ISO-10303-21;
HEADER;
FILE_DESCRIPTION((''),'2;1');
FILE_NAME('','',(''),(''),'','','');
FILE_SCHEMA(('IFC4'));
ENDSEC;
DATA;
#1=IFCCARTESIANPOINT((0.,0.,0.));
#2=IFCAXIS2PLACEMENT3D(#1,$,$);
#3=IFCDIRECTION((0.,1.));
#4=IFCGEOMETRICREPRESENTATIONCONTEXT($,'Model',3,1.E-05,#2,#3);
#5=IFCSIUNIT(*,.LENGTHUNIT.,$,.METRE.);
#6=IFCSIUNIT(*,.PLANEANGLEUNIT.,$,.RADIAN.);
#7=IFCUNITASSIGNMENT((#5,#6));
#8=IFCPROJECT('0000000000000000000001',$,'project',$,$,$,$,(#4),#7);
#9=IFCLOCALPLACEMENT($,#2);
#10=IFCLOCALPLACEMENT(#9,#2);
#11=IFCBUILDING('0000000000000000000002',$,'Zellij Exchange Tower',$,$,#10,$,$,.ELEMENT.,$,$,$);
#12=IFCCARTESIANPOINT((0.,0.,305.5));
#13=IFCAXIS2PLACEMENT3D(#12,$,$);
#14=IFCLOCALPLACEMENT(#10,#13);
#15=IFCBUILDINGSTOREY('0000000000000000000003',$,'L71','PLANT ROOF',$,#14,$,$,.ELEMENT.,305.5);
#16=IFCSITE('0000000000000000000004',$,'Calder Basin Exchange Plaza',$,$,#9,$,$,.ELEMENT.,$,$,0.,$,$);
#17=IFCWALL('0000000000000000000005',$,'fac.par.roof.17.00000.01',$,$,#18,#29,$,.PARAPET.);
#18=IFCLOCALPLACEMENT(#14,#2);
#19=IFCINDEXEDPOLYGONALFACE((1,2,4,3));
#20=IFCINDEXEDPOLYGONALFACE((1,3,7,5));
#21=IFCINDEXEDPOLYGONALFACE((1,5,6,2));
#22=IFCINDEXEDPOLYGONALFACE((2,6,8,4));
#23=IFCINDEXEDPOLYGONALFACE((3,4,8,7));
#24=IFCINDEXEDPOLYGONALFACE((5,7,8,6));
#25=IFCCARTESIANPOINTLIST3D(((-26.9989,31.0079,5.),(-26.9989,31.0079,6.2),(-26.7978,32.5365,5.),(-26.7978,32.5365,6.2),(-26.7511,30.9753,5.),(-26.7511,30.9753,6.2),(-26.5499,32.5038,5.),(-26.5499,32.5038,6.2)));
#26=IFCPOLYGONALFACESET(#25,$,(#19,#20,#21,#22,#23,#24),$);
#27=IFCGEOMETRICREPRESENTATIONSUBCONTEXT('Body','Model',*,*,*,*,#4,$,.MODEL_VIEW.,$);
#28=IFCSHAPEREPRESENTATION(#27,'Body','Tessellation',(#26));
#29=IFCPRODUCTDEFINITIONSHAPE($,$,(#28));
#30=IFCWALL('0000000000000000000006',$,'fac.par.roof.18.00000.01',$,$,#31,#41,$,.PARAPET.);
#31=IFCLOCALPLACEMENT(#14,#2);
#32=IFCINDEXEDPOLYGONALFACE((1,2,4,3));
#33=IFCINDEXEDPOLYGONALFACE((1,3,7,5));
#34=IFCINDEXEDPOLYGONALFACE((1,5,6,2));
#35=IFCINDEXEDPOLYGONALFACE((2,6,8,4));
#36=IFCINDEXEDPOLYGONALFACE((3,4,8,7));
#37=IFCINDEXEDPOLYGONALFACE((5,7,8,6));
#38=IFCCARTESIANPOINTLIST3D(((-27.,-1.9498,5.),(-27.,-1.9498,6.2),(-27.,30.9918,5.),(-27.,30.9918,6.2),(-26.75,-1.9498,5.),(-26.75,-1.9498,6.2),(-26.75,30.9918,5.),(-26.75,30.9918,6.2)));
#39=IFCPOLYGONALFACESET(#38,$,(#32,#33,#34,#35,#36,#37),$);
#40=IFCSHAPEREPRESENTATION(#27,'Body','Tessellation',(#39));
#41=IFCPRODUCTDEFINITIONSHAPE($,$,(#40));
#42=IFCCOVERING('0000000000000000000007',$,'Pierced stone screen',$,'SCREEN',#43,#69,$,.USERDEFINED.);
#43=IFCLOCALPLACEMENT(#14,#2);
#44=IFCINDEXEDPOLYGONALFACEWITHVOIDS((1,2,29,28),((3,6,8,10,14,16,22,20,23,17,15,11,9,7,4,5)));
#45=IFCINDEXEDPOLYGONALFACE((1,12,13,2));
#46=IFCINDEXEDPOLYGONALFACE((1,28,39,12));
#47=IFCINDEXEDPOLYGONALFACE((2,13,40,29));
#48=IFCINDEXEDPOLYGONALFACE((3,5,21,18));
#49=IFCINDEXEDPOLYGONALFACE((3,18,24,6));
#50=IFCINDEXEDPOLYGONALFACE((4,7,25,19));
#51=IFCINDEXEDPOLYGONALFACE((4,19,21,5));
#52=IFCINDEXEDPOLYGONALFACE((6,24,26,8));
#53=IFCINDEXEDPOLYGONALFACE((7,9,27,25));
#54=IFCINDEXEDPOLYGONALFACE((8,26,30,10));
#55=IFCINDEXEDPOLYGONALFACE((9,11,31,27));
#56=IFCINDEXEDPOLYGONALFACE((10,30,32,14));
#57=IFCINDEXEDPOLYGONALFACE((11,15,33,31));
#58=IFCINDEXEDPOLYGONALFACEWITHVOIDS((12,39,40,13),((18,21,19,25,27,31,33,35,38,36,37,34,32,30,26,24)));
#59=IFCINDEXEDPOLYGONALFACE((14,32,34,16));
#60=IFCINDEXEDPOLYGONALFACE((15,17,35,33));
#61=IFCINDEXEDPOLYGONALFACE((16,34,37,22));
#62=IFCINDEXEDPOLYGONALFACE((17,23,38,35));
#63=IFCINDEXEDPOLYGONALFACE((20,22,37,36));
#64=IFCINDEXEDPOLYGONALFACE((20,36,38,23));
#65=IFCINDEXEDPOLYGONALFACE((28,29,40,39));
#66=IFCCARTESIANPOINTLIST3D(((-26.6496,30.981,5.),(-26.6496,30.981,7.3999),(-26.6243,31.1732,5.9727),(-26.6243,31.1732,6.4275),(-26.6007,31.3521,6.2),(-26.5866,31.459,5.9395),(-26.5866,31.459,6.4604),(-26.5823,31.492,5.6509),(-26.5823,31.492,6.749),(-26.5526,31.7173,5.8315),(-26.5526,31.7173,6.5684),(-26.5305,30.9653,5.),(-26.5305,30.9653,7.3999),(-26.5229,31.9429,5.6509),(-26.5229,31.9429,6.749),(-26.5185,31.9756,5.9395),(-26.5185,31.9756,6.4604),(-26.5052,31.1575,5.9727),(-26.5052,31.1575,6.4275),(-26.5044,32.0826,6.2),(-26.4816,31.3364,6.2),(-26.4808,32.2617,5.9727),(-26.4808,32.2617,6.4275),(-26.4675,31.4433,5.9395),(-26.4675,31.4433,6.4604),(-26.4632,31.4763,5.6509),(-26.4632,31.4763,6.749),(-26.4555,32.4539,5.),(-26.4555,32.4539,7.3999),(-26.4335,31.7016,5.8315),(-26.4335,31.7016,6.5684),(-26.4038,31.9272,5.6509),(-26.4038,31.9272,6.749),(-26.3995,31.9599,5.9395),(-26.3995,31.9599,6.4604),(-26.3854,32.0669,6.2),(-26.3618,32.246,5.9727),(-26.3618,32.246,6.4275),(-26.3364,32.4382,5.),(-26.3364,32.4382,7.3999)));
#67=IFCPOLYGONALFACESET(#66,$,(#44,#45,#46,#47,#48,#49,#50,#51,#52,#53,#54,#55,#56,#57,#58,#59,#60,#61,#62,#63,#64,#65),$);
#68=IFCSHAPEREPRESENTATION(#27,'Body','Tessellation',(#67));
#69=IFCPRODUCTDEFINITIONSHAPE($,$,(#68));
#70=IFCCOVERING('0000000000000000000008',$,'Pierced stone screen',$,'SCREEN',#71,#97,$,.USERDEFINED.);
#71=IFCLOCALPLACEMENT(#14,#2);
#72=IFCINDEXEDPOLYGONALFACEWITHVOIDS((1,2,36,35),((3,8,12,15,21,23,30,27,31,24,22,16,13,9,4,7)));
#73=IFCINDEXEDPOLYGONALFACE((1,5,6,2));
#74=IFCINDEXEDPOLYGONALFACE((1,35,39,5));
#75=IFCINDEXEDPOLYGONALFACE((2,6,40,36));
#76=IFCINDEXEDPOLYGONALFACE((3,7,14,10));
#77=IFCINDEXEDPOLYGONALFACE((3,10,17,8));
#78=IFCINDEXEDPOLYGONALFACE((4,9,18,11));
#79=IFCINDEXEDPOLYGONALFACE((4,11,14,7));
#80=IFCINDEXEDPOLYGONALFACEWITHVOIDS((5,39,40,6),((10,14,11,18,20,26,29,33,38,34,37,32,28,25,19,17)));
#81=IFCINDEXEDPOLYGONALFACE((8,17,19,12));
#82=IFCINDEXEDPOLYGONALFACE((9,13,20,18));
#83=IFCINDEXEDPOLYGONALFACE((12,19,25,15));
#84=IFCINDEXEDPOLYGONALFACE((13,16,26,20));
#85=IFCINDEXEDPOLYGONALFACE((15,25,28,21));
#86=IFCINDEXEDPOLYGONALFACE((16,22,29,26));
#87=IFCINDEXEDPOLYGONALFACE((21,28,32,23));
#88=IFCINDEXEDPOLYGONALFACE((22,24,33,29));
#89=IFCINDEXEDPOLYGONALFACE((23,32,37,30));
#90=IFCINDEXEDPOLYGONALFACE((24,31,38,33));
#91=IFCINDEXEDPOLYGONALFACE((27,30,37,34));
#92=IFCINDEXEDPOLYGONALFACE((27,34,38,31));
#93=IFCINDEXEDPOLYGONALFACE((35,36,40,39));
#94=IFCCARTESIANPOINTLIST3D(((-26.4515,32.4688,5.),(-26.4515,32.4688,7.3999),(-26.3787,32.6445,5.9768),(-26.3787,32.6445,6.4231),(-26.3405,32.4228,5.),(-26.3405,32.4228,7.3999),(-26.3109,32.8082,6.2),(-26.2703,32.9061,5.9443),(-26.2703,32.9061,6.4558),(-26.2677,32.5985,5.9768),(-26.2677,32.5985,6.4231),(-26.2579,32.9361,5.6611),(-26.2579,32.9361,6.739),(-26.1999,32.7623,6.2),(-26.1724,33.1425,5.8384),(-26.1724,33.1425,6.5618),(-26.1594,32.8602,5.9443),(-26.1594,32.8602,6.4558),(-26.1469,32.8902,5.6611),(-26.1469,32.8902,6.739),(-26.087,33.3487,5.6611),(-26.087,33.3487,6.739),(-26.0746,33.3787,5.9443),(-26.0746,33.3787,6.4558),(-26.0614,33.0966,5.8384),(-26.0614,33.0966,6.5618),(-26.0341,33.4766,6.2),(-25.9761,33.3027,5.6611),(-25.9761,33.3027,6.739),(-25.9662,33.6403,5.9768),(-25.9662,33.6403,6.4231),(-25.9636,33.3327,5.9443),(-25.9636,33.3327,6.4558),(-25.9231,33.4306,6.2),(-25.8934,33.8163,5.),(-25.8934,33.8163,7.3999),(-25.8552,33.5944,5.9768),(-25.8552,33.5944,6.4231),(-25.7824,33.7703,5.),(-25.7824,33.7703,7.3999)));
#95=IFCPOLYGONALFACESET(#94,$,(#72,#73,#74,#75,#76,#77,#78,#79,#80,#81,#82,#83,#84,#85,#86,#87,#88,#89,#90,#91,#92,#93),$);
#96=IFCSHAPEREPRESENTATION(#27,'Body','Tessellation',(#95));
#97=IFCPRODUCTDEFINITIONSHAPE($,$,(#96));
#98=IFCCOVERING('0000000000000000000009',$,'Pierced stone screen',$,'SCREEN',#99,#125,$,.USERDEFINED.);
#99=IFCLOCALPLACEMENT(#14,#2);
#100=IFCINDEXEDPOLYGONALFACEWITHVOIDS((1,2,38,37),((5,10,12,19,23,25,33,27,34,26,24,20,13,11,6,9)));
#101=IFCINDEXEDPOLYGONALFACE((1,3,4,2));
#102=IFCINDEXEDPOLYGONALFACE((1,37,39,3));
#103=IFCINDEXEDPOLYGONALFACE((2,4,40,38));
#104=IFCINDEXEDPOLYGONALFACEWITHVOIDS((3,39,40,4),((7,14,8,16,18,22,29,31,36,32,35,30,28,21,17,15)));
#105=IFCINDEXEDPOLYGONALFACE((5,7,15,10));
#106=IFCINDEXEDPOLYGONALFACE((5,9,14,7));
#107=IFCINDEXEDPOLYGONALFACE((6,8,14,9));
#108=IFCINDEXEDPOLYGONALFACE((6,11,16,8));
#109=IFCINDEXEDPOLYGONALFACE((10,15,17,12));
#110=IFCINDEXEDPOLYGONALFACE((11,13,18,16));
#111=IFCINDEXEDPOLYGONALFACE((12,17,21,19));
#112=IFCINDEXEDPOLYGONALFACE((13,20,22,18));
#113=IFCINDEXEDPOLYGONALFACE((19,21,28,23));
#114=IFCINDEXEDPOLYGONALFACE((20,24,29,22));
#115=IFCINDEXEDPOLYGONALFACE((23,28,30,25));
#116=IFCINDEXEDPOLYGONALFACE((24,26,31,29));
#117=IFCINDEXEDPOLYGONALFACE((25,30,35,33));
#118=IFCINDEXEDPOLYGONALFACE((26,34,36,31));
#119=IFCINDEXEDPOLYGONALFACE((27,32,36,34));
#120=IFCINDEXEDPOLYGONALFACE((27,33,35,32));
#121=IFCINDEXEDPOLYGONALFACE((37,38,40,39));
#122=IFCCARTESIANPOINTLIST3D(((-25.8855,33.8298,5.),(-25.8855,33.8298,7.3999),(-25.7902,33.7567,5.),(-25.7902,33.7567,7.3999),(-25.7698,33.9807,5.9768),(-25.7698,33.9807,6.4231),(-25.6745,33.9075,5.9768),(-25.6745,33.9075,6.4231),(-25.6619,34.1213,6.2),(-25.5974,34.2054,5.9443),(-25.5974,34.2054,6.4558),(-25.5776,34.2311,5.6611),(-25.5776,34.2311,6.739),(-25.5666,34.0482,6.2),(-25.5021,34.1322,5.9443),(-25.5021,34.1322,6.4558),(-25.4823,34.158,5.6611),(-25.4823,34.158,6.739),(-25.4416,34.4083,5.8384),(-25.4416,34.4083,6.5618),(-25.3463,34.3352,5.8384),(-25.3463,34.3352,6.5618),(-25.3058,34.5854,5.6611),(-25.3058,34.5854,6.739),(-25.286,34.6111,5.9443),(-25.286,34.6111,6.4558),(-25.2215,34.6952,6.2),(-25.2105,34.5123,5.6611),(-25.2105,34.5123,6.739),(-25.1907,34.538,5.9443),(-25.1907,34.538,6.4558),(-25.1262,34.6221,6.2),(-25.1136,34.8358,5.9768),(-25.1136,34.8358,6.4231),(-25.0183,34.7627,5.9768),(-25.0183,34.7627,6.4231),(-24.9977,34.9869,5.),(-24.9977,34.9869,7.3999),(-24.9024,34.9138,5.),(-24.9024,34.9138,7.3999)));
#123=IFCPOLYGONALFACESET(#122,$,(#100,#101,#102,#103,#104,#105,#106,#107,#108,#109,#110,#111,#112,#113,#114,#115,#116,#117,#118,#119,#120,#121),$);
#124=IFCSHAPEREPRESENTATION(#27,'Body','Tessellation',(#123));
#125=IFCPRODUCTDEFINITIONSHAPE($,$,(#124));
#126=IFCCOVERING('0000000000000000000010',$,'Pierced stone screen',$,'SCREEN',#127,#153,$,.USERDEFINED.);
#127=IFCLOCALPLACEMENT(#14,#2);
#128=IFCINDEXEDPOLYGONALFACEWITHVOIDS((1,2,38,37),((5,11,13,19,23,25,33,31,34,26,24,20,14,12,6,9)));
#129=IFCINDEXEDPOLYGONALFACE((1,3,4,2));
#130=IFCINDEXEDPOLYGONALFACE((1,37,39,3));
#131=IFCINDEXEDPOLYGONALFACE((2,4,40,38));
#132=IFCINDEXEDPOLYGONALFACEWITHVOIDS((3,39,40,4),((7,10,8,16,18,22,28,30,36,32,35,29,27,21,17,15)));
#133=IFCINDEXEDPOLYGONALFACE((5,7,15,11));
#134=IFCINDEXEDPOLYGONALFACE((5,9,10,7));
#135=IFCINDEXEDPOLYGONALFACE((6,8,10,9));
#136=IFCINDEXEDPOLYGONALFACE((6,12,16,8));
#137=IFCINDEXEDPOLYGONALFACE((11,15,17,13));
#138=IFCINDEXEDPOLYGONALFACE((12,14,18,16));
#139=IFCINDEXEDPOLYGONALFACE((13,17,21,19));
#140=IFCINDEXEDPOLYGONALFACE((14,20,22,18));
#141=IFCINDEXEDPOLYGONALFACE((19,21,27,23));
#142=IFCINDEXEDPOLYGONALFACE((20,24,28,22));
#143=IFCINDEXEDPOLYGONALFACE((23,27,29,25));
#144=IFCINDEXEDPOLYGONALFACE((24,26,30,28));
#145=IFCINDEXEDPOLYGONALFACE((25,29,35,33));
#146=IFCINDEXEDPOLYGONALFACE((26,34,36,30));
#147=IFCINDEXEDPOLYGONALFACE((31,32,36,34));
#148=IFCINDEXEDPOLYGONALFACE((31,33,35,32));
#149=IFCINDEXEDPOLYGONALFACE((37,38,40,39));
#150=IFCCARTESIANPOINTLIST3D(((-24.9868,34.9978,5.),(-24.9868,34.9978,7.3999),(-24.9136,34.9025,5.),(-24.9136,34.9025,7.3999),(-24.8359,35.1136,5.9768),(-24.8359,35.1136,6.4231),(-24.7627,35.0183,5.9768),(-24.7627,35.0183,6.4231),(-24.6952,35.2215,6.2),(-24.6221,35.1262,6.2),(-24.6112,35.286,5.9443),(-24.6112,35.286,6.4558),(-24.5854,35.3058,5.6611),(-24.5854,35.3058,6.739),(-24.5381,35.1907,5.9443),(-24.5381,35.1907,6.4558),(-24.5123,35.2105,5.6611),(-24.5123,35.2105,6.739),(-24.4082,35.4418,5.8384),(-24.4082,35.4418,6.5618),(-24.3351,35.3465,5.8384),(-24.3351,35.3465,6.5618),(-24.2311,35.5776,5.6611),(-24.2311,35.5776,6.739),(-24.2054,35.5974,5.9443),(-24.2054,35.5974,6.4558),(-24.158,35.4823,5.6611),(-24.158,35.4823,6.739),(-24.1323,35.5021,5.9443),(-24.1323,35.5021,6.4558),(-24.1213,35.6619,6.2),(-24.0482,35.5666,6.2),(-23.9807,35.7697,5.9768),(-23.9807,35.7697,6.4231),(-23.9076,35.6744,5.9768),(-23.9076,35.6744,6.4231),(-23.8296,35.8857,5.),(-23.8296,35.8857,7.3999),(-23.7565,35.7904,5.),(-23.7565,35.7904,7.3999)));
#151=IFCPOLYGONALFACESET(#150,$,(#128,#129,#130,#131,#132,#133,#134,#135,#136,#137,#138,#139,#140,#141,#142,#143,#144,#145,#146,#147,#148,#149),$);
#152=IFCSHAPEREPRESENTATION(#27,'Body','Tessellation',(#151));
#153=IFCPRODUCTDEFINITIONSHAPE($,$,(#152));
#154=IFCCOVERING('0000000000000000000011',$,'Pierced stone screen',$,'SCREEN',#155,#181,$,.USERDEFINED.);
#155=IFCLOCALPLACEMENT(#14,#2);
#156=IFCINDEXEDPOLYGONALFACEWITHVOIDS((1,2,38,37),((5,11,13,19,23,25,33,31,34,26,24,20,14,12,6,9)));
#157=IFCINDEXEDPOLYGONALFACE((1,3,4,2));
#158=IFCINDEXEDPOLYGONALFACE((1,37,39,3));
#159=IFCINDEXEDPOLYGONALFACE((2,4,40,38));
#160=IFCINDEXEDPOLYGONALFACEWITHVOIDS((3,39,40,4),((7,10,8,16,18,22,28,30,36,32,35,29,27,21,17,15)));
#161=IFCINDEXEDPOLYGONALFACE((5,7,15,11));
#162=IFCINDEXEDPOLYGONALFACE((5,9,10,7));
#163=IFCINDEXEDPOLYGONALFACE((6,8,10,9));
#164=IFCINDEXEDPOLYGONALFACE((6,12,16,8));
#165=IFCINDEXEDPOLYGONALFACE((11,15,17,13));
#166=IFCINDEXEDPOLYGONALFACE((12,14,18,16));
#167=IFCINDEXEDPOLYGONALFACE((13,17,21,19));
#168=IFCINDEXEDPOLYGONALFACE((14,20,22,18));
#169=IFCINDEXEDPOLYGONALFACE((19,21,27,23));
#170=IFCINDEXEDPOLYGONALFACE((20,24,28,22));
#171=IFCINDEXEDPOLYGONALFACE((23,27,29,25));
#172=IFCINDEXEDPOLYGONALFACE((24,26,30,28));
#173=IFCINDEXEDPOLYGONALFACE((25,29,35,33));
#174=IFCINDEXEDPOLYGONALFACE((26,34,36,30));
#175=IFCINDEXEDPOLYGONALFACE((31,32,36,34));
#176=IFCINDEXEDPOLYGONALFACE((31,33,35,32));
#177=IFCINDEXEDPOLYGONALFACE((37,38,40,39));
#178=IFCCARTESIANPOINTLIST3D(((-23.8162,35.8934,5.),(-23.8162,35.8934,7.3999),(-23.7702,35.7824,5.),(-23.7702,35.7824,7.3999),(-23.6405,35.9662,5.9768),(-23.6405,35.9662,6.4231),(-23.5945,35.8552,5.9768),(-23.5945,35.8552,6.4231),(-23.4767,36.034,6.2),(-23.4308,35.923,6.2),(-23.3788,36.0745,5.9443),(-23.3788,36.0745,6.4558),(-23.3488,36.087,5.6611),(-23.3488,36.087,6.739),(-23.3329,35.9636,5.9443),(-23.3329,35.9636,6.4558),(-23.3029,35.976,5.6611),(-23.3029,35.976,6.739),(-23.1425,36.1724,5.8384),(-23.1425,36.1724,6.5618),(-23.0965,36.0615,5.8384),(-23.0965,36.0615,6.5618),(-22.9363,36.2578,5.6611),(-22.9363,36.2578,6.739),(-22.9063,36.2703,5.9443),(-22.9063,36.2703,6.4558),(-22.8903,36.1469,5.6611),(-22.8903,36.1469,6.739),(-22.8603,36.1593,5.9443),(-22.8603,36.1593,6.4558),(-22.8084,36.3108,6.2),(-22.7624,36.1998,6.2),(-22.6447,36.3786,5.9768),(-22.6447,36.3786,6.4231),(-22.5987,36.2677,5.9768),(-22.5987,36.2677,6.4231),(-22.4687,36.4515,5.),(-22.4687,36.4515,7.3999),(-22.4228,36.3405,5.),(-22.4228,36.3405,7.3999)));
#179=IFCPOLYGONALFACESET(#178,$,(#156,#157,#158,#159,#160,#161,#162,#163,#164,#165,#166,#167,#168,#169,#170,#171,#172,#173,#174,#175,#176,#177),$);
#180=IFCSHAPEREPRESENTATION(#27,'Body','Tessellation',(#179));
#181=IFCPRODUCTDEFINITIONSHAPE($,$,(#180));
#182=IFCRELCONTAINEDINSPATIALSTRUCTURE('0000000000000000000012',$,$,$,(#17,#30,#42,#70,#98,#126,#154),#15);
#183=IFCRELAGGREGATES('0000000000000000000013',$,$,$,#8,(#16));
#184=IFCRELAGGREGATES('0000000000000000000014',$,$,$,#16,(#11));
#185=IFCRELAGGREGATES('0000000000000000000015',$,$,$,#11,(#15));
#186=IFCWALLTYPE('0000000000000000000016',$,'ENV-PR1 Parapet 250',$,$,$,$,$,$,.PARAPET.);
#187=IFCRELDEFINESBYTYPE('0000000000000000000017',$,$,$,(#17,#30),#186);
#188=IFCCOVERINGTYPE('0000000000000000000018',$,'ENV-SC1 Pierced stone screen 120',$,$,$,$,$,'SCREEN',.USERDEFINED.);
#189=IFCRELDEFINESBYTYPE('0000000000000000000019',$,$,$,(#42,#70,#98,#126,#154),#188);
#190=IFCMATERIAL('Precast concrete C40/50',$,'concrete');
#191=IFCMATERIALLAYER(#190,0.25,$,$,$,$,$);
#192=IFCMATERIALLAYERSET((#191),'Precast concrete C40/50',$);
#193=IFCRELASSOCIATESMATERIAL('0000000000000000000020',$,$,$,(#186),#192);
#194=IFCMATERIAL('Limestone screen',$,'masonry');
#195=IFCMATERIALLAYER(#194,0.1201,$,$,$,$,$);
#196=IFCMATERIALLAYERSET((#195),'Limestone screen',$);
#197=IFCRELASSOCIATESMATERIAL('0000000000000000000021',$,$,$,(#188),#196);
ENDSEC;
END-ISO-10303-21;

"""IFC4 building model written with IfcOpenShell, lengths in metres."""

from ifc_helpers import new_model, si_unit, direction, frame, frame_2d, origin, place, context, subcontext, project, spatial, polyline, rectangle, outline, extrude, material, layer, layer_set, type_object, element, save


model = new_model("IFC4")

# Units and contexts
model_context = context("Model", 3, precision=1e-05, world=origin(), true_north=direction((0.0, 1.0)))
body_context = subcontext(model_context, "Body", "Model", "MODEL_VIEW")
ifc_project = project(units=[si_unit("LENGTHUNIT", "METRE"), si_unit("PLANEANGLEUNIT", "RADIAN")], contexts=[model_context])

# Site, building, storey
site_placement = place(None, origin())
site = spatial("IfcSite", under=ifc_project, at=site_placement, Name="Calder Basin Exchange Plaza", CompositionType="ELEMENT", RefElevation=0.0)
building_placement = place(site_placement, origin())
building = spatial("IfcBuilding", under=site, at=building_placement, Name="Zellij Exchange Tower", CompositionType="ELEMENT")
storey_placement = place(building_placement, frame((0.0, 0.0, 305.5)))
storey = spatial("IfcBuildingStorey", under=building, at=storey_placement, Name="L71", Description="PLANT ROOF", CompositionType="ELEMENT", Elevation=305.5)

# Shared definitions
ifc_material_1 = material(Name="Precast concrete C40/50", Category="concrete")

# Walls
ifc_layer_1 = layer(ifc_material_1, 0.25)
ifc_layer_set_1 = layer_set([ifc_layer_1], Name="Precast concrete C40/50")
wall_type_1 = type_object("IfcWallType", Name="ENV-PR1 Parapet 250", PredefinedType="PARAPET", material=ifc_layer_set_1)
wall_1_placement = place(storey_placement, frame((-26.6738, 32.5203, 5.0), z_axis=(0.0, 0.0, 1.0), x_axis=(-0.130483, -0.991451, 0.0)))
element("IfcWall", 1, at=wall_1_placement, inside=storey, type_object=wall_type_1, Name="fac.par.roof.17.00000.01", PredefinedType="PARAPET", context=body_context, shape_type="SweptSolid", body=[
    extrude(rectangle(XDim=1.5417, YDim=0.25, at=frame_2d((0.771, 0.0))), origin(), (0.0, 0.0, 1.0), 1.2),
])
wall_2_placement = place(storey_placement, frame((-26.875, 30.9917, 5.0), z_axis=(0.0, 0.0, 1.0), x_axis=(0.0, -1.0, 0.0)))
element("IfcWall", 2, at=wall_2_placement, inside=storey, type_object=wall_type_1, Name="fac.par.roof.18.00000.01", PredefinedType="PARAPET", context=body_context, shape_type="SweptSolid", body=[
    extrude(rectangle(XDim=32.9417, YDim=0.25, at=frame_2d((16.4707, 0.0))), origin(), (0.0, 0.0, 1.0), 1.2),
])

# Coverings
ifc_material_2 = material(Name="Limestone screen", Category="masonry")
ifc_layer_2 = layer(ifc_material_2, 0.1201)
ifc_layer_set_2 = layer_set([ifc_layer_2], Name="Limestone screen")
covering_type = type_object("IfcCoveringType", Name="ENV-SC1 Pierced stone screen 120", ElementType="SCREEN", PredefinedType="USERDEFINED", material=ifc_layer_set_2)
covering_1_placement = place(storey_placement, frame((-26.5901, 30.9731, 5.0), z_axis=(0.0, 0.0, 1.0), x_axis=(0.130667, 0.991426, 0.0)))
element("IfcCovering", 3, at=covering_1_placement, inside=storey, type_object=covering_type, Name="Pierced stone screen", ObjectType="SCREEN", PredefinedType="USERDEFINED", context=body_context, shape_type="SweptSolid", body=[
    extrude(outline(polyline([(0.0, 0.0), (1.4856, 0.0), (1.4856, 2.3999), (0.0, 2.3999), (0.0, 0.0)]), holes=[polyline([(1.2917, 1.4275), (1.0032, 1.4604), (0.9702, 1.749), (0.7427, 1.5684), (0.5154, 1.749), (0.4822, 1.4604), (0.1938, 1.4275), (0.3743, 1.2), (0.1938, 0.9727), (0.4822, 0.9395), (0.5154, 0.6509), (0.7427, 0.8315), (0.9702, 0.6509), (1.0032, 0.9395), (1.2917, 0.9727), (1.1111, 1.2), (1.2917, 1.4275)])]), frame((0.0, 0.0601, 0.0), z_axis=(0.0, -1.0, 0.0), x_axis=(1.0, 0.0, 0.0)), (0.0, 0.0, 1.0), 0.1201),
])
for number, where, z_axis, x_axis, name in (
    (4, (-26.396, 32.4458, 5.0), (0.0, 0.0, 1.0), (0.382677, 0.923882, 0.0), "Pierced stone screen"),
    (5, (-25.8379, 33.7932, 5.0), (0.0, 0.0, 1.0), (0.608723, 0.793383, 0.0), "Pierced stone screen"),
    (6, (-24.9502, 34.9502, 5.0), (0.0, 0.0, 1.0), (0.793383, 0.608723, 0.0), "Pierced stone screen"),
    (7, (-23.7932, 35.8379, 5.0), (0.0, 0.0, 1.0), (0.923882, 0.382677, 0.0), "Pierced stone screen"),
):
    element("IfcCovering", number, at=place(storey_placement, frame(where, z_axis=z_axis, x_axis=x_axis)), inside=storey, type_object=covering_type, Name=name, ObjectType="SCREEN", PredefinedType="USERDEFINED", context=body_context, shape_type="SweptSolid", body=[
        extrude(outline(polyline([(0.0, 0.0), (1.4585, 0.0), (1.4585, 2.3999), (0.0, 2.3999), (0.0, 0.0)]), holes=[polyline([(1.2681, 1.4231), (0.9849, 1.4558), (0.9524, 1.739), (0.7292, 1.5618), (0.5059, 1.739), (0.4734, 1.4558), (0.1902, 1.4231), (0.3674, 1.2), (0.1902, 0.9768), (0.4734, 0.9443), (0.5059, 0.6611), (0.7292, 0.8384), (0.9524, 0.6611), (0.9849, 0.9443), (1.2681, 0.9768), (1.0908, 1.2), (1.2681, 1.4231)])]), frame((0.0, 0.0601, 0.0), z_axis=(0.0, -1.0, 0.0), x_axis=(1.0, 0.0, 0.0)), (0.0, 0.0, 1.0), 0.1201),
    ])

save(model, "model.ifc")
